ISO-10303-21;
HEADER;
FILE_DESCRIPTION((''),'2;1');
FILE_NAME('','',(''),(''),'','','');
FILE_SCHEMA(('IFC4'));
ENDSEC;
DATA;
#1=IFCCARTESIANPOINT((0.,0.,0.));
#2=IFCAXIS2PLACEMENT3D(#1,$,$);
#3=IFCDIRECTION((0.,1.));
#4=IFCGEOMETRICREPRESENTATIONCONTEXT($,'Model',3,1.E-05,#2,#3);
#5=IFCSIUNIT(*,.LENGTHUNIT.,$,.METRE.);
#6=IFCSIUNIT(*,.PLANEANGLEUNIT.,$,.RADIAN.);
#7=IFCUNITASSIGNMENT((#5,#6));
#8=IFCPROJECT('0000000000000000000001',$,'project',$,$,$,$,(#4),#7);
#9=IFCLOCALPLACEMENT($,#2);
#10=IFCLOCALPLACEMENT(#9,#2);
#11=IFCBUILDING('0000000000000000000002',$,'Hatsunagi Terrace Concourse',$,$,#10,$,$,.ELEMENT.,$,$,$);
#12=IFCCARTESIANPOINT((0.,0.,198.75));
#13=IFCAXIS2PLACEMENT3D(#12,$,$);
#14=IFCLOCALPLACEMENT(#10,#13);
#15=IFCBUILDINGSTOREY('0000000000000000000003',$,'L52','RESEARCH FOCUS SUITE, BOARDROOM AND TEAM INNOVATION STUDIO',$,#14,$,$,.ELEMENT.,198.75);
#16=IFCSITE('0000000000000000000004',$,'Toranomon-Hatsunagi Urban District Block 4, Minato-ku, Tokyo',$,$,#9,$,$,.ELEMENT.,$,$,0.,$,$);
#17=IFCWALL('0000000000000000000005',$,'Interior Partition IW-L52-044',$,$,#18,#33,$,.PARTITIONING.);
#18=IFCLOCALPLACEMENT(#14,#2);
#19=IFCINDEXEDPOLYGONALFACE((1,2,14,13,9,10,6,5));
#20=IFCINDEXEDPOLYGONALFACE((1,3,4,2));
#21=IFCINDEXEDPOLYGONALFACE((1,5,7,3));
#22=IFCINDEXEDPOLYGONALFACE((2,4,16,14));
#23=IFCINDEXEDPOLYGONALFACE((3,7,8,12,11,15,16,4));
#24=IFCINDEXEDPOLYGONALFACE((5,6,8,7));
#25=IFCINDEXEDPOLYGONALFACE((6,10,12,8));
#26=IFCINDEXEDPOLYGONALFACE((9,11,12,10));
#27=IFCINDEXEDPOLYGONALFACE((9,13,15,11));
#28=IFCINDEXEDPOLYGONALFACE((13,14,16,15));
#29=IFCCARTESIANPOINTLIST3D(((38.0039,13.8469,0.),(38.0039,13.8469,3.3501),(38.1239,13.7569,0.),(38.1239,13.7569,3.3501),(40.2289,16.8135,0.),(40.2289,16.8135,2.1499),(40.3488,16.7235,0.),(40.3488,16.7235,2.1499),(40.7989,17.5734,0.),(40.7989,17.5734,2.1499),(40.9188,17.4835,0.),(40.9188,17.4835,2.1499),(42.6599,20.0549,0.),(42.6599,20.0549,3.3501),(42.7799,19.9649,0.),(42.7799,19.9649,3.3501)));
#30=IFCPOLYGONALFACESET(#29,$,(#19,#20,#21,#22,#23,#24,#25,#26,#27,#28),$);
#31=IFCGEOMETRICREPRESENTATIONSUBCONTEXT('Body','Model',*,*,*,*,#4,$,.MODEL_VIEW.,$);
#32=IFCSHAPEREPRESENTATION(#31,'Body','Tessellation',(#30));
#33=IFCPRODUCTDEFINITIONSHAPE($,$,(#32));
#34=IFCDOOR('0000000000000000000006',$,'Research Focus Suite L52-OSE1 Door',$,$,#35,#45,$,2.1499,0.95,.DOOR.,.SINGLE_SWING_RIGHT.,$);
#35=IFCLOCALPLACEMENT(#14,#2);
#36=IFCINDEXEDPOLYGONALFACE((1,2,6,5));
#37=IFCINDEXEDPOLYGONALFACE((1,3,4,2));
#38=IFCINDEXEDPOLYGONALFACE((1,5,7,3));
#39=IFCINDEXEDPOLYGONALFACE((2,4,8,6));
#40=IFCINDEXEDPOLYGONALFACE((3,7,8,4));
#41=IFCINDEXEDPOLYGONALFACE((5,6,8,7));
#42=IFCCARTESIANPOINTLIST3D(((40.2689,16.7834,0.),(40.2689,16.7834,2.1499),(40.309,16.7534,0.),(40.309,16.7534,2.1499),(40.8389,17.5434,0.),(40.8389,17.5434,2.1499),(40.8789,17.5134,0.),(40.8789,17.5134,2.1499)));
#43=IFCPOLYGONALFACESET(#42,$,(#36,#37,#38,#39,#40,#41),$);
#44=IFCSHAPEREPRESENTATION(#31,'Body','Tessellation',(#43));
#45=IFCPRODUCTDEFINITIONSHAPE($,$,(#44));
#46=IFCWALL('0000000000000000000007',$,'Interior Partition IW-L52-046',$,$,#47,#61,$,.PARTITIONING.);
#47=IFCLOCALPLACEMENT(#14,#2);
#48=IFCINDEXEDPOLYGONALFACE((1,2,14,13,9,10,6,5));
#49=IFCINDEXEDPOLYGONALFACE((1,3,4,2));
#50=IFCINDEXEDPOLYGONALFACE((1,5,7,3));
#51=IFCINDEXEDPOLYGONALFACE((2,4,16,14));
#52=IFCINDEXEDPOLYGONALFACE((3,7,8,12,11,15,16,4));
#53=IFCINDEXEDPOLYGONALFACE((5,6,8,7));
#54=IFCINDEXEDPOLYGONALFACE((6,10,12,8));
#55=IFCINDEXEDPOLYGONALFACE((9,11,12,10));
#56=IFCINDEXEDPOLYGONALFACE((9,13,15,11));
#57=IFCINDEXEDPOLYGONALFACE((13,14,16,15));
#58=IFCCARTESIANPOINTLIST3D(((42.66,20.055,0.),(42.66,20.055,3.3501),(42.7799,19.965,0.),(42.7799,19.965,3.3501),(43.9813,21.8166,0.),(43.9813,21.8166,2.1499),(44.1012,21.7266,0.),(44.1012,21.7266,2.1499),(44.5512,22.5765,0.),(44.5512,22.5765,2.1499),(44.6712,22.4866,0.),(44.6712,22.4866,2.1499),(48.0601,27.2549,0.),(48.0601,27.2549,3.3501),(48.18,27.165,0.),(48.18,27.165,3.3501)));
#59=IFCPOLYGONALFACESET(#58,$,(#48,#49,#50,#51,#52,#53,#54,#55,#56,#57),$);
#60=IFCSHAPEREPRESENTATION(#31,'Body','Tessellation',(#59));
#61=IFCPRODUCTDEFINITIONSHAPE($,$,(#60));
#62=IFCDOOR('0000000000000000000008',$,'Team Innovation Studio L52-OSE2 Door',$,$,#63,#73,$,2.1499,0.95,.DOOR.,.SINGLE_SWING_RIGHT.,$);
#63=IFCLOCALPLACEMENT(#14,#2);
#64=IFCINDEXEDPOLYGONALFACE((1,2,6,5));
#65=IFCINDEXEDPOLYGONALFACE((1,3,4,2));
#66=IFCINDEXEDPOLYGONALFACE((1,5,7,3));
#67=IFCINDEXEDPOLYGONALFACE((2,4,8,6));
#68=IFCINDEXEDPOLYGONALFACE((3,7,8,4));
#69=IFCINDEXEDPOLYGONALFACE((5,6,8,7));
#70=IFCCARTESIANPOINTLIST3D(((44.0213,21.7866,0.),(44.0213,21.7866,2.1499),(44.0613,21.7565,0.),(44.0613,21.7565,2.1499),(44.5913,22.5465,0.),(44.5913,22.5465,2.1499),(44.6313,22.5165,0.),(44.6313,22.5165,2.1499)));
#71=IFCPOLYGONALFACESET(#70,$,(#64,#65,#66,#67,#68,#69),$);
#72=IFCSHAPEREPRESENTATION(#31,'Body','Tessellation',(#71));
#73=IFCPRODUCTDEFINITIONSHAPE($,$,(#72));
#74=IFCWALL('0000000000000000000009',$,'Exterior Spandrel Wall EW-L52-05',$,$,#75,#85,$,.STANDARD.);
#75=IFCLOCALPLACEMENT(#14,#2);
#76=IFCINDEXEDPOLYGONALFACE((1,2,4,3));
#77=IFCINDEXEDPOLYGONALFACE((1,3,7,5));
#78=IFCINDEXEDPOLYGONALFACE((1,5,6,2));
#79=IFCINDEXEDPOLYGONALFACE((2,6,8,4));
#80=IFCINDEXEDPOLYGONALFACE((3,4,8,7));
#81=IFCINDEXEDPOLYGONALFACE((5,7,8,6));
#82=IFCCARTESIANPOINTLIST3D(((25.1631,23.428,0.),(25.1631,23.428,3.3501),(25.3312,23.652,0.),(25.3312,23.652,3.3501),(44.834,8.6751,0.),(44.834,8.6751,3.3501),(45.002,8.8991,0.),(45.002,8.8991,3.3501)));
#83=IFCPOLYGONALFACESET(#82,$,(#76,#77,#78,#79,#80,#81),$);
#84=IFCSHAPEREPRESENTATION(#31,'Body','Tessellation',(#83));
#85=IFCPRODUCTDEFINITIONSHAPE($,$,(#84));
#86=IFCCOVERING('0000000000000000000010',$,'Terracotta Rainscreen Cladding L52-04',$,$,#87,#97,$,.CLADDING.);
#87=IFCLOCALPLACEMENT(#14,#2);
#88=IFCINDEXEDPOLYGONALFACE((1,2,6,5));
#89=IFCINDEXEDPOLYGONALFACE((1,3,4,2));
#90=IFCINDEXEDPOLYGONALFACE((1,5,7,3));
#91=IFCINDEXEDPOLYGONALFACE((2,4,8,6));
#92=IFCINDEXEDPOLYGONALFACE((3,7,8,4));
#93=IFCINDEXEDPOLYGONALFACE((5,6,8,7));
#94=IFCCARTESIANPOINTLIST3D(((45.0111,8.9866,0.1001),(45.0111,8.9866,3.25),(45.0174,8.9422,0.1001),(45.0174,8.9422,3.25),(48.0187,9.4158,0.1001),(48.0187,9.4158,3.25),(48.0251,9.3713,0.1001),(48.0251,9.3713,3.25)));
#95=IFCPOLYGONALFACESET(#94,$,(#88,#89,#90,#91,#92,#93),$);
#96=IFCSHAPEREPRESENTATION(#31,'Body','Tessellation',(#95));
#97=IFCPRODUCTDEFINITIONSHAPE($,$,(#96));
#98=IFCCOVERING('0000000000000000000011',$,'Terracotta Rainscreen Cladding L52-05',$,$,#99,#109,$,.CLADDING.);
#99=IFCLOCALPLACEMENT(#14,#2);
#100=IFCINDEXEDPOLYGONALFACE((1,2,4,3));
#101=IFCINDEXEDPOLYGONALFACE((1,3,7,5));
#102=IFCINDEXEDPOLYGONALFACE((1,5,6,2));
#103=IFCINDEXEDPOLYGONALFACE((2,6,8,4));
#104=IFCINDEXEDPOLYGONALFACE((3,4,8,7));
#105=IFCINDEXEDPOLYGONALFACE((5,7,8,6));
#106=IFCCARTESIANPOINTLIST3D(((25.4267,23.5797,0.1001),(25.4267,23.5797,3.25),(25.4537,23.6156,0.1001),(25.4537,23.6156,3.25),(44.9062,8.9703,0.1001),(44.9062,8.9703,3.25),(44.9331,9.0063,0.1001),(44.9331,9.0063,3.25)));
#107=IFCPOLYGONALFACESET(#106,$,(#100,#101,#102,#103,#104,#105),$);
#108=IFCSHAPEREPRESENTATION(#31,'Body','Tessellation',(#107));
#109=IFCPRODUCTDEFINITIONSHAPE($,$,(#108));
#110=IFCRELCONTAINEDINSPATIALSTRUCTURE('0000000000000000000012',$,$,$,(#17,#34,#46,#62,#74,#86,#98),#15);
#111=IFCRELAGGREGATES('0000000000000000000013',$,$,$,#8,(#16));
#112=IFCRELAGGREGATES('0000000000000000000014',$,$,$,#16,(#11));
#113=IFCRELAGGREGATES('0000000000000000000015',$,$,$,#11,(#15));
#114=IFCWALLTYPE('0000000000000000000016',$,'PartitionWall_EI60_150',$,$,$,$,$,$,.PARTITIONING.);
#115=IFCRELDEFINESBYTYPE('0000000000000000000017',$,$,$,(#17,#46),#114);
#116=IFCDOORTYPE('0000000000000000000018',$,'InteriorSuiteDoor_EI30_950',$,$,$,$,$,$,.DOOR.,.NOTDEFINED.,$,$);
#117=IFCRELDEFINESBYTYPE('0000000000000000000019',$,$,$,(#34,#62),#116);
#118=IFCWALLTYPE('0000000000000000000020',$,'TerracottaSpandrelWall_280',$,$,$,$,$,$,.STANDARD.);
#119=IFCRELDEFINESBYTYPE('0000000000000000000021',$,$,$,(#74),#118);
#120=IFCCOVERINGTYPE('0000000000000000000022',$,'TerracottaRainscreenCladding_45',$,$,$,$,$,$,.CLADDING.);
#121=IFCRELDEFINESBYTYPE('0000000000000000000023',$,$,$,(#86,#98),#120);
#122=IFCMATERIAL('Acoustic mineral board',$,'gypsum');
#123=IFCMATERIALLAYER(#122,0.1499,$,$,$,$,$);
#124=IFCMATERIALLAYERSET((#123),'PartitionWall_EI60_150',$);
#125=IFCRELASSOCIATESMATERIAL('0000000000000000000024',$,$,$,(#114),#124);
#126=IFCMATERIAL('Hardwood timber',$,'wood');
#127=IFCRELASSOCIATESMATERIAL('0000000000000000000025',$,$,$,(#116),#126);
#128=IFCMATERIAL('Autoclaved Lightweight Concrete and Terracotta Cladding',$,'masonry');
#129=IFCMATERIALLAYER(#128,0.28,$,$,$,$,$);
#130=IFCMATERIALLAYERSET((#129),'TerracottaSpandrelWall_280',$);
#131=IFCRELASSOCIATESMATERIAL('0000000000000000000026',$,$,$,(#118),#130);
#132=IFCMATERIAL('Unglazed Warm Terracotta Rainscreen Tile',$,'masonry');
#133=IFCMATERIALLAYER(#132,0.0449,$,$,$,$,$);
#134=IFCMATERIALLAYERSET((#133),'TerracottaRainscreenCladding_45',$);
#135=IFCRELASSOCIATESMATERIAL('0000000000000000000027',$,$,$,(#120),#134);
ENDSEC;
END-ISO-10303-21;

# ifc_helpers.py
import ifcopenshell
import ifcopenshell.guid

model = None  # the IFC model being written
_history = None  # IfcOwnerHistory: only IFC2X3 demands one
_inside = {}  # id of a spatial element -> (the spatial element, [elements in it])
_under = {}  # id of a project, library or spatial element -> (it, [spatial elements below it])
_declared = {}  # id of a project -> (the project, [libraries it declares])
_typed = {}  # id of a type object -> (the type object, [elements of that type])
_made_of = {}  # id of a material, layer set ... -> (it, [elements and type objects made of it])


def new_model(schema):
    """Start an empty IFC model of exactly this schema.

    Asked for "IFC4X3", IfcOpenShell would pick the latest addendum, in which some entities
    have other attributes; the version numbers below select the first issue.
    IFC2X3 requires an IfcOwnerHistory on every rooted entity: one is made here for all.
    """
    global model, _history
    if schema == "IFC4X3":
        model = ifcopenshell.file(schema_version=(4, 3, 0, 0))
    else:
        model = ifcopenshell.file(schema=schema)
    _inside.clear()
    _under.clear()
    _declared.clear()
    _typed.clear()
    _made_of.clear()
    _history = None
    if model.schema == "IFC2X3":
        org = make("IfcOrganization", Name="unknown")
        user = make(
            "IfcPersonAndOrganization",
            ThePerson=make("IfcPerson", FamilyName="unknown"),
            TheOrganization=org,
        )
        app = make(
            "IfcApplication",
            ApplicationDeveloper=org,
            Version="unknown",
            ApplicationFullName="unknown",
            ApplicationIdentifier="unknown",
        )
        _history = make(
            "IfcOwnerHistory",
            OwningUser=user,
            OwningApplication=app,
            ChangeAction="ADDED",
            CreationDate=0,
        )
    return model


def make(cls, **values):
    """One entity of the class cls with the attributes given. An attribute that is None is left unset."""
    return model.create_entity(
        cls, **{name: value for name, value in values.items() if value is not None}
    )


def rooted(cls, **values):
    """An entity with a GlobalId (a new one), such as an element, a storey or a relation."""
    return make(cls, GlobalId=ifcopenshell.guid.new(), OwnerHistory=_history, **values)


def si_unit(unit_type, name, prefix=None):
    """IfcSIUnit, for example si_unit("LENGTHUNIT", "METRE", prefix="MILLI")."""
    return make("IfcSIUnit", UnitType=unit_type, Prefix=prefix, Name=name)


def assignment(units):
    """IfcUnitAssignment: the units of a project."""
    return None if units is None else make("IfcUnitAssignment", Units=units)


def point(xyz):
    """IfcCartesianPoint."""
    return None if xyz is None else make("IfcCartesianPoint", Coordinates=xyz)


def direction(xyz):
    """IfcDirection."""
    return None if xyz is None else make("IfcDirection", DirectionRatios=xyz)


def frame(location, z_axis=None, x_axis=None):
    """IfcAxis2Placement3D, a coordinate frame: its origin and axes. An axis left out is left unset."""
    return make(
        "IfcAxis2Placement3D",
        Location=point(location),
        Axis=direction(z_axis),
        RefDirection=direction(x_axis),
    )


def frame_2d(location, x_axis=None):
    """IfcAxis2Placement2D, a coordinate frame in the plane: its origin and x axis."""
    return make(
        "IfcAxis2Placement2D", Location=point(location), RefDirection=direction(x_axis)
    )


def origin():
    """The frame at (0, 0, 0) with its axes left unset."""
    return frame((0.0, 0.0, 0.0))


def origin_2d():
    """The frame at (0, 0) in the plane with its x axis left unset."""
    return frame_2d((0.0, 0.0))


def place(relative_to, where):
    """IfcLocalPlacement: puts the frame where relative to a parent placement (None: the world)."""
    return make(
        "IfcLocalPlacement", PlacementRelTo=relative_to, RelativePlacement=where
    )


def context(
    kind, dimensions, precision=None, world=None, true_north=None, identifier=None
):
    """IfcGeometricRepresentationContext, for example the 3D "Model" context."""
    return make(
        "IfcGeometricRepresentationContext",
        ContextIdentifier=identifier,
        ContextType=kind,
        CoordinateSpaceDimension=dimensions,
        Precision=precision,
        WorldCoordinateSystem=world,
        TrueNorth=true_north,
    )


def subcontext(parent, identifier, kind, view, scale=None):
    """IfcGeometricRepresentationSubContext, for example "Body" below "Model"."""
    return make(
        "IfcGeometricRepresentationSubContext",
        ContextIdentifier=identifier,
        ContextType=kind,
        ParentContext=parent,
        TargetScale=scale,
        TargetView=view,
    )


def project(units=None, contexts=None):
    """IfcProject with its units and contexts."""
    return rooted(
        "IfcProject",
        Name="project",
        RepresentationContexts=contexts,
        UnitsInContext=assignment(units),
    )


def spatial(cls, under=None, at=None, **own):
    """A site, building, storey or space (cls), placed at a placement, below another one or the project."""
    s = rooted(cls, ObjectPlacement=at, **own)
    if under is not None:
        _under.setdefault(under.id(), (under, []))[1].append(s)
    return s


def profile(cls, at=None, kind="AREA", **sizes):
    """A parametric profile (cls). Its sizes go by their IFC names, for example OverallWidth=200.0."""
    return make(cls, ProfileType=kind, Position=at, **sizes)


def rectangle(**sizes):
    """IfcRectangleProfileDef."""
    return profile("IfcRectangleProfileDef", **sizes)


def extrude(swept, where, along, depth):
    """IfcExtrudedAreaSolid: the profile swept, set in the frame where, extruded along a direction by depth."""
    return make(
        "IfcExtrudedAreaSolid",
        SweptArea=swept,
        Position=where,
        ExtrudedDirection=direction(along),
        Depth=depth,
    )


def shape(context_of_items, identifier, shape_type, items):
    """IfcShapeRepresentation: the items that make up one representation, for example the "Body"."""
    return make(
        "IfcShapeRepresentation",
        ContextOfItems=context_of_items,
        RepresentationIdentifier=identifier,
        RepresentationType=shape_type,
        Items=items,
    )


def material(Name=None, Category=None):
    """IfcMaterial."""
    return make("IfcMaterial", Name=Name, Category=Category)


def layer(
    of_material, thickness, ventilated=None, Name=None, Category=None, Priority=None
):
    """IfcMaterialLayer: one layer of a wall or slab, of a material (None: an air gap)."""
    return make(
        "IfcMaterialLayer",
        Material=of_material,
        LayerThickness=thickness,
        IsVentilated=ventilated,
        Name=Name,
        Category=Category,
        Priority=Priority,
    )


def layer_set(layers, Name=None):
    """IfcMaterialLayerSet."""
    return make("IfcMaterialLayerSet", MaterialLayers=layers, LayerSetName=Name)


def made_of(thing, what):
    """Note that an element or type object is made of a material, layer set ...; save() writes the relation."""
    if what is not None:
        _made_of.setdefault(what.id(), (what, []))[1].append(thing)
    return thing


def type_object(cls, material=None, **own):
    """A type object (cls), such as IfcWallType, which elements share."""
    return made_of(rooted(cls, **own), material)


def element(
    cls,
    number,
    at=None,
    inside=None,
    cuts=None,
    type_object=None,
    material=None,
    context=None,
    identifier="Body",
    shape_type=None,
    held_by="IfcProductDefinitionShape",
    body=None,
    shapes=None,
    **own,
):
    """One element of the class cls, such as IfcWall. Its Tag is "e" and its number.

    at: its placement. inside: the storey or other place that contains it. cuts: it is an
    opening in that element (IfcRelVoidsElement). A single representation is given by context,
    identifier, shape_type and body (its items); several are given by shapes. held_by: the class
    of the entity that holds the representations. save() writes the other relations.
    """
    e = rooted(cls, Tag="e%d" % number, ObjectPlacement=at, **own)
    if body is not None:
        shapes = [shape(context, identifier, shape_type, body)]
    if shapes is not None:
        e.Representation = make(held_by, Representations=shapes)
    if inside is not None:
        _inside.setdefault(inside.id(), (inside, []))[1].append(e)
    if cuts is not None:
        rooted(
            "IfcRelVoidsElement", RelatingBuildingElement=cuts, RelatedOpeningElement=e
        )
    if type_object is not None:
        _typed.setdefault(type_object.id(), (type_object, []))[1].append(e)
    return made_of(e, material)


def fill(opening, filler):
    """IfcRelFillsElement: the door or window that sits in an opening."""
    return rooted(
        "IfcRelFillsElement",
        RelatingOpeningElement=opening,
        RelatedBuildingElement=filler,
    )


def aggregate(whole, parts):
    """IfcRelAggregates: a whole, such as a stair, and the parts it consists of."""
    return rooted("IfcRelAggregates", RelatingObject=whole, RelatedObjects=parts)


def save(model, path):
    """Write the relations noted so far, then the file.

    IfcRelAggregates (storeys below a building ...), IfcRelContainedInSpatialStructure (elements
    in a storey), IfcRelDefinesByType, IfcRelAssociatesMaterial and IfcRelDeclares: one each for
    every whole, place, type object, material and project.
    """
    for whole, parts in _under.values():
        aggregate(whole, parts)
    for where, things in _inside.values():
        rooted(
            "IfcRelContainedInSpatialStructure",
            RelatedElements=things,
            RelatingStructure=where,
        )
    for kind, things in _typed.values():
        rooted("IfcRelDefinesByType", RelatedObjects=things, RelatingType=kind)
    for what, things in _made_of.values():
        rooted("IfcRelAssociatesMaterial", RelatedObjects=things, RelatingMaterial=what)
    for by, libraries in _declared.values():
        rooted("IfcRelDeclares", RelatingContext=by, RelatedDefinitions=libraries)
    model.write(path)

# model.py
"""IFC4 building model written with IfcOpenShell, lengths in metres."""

from ifc_helpers import new_model, si_unit, direction, frame, frame_2d, origin, origin_2d, place, context, subcontext, project, spatial, rectangle, extrude, material, layer, layer_set, type_object, element, fill, save


model = new_model("IFC4")

# Units and contexts
model_context = context("Model", 3, precision=1e-05, world=origin(), true_north=direction((0.0, 1.0)))
body_context = subcontext(model_context, "Body", "Model", "MODEL_VIEW")
ifc_project = project(units=[si_unit("LENGTHUNIT", "METRE"), si_unit("PLANEANGLEUNIT", "RADIAN")], contexts=[model_context])

# Site, building, storey
site_placement = place(None, origin())
site = spatial("IfcSite", under=ifc_project, at=site_placement, Name="Toranomon-Hatsunagi Urban District Block 4, Minato-ku, Tokyo", CompositionType="ELEMENT", RefElevation=0.0)
building_placement = place(site_placement, origin())
building = spatial("IfcBuilding", under=site, at=building_placement, Name="Hatsunagi Terrace Concourse", CompositionType="ELEMENT")
storey_placement = place(building_placement, frame((0.0, 0.0, 198.75)))
storey = spatial("IfcBuildingStorey", under=building, at=storey_placement, Name="L52", Description="RESEARCH FOCUS SUITE, BOARDROOM AND TEAM INNOVATION STUDIO", CompositionType="ELEMENT", Elevation=198.75)

# Shared definitions
ifc_material_1 = material(Name="Acoustic mineral board", Category="gypsum")
ifc_layer_1 = layer(ifc_material_1, 0.1499)
ifc_layer_set_1 = layer_set([ifc_layer_1], Name="PartitionWall_EI60_150")
wall_type_1 = type_object("IfcWallType", Name="PartitionWall_EI60_150", PredefinedType="PARTITIONING", material=ifc_layer_set_1)

# Walls, openings, doors
wall_1_placement = place(storey_placement, frame((38.064, 13.802, 0.0), z_axis=(0.0, 0.0, 1.0), x_axis=(0.6, 0.8, 0.0)))
wall_1 = element("IfcWall", 1, at=wall_1_placement, inside=storey, type_object=wall_type_1, Name="Interior Partition IW-L52-044", PredefinedType="PARTITIONING", context=body_context, shape_type="SweptSolid", body=[
    extrude(rectangle(XDim=7.76, YDim=0.1499, at=frame_2d((3.8799, 0.0))), origin(), (0.0, 0.0, 1.0), 3.3501),
])
opening_1_placement = place(wall_1_placement, frame((3.708, 0.0, 0.0)))
opening_1 = element("IfcOpeningElement", 2, at=opening_1_placement, cuts=wall_1, PredefinedType="OPENING", context=body_context, shape_type="SweptSolid", body=[
    extrude(rectangle(XDim=0.95, YDim=2.1499, at=frame_2d((0.4751, 1.075))), frame((0.0, 0.085, 0.0), z_axis=(0.0, -1.0, 0.0), x_axis=(1.0, 0.0, 0.0)), (0.0, 0.0, 1.0), 0.1699),
])
ifc_material_2 = material(Name="Hardwood timber", Category="wood")
door_type = type_object("IfcDoorType", Name="InteriorSuiteDoor_EI30_950", OperationType="NOTDEFINED", PredefinedType="DOOR", material=ifc_material_2)
door_1_placement = place(opening_1_placement, origin())
door_1 = element("IfcDoor", 3, at=door_1_placement, inside=storey, type_object=door_type, Name="Research Focus Suite L52-OSE1 Door", OperationType="SINGLE_SWING_RIGHT", OverallHeight=2.1499, OverallWidth=0.95, PredefinedType="DOOR", context=body_context, shape_type="SweptSolid", body=[
    extrude(rectangle(XDim=0.95, YDim=2.1499, at=frame_2d((0.4751, 1.075))), frame((0.0, 0.0249, 0.0), z_axis=(0.0, -1.0, 0.0), x_axis=(1.0, 0.0, 0.0)), (0.0, 0.0, 1.0), 0.05),
])
fill(opening_1, door_1)
wall_2_placement = place(storey_placement, frame((42.72, 20.01, 0.0), z_axis=(0.0, 0.0, 1.0), x_axis=(0.600013, 0.79999, 0.0)))
wall_2 = element("IfcWall", 4, at=wall_2_placement, inside=storey, type_object=wall_type_1, Name="Interior Partition IW-L52-046", PredefinedType="PARTITIONING", context=body_context, shape_type="SweptSolid", body=[
    extrude(rectangle(XDim=9.0, YDim=0.1499, at=frame_2d((4.5, 0.0))), origin(), (0.0, 0.0, 1.0), 3.3501),
])
opening_2_placement = place(wall_2_placement, frame((2.2019, 0.0, 0.0)))
opening_2 = element("IfcOpeningElement", 5, at=opening_2_placement, cuts=wall_2, PredefinedType="OPENING", context=body_context, shape_type="SweptSolid", body=[
    extrude(rectangle(XDim=0.95, YDim=2.1499, at=frame_2d((0.4751, 1.075))), frame((0.0, 0.085, 0.0), z_axis=(0.0, -1.0, 0.0), x_axis=(1.0, 0.0, 0.0)), (0.0, 0.0, 1.0), 0.1699),
])
door_2_placement = place(opening_2_placement, origin())
door_2 = element("IfcDoor", 6, at=door_2_placement, inside=storey, type_object=door_type, Name="Team Innovation Studio L52-OSE2 Door", OperationType="SINGLE_SWING_RIGHT", OverallHeight=2.1499, OverallWidth=0.95, PredefinedType="DOOR", context=body_context, shape_type="SweptSolid", body=[
    extrude(rectangle(XDim=0.95, YDim=2.1499, at=frame_2d((0.4751, 1.075))), frame((0.0, 0.0249, 0.0), z_axis=(0.0, -1.0, 0.0), x_axis=(1.0, 0.0, 0.0)), (0.0, 0.0, 1.0), 0.05),
])
fill(opening_2, door_2)

# Wall
ifc_material_3 = material(Name="Autoclaved Lightweight Concrete and Terracotta Cladding", Category="masonry")
ifc_layer_2 = layer(ifc_material_3, 0.28)
ifc_layer_set_2 = layer_set([ifc_layer_2], Name="TerracottaSpandrelWall_280")
wall_type_2 = type_object("IfcWallType", Name="TerracottaSpandrelWall_280", PredefinedType="STANDARD", material=ifc_layer_set_2)
wall_3_placement = place(storey_placement, frame((44.918, 8.7871, 0.0), z_axis=(0.0, 0.0, 1.0), x_axis=(-0.800005, 0.599994, 0.0)))
element("IfcWall", 7, at=wall_3_placement, inside=storey, type_object=wall_type_2, Name="Exterior Spandrel Wall EW-L52-05", PredefinedType="STANDARD", context=body_context, shape_type="SweptSolid", body=[
    extrude(rectangle(XDim=24.5884, YDim=0.28, at=frame_2d((12.2942, 0.0))), origin(), (0.0, 0.0, 1.0), 3.3501),
])

# Coverings
ifc_material_4 = material(Name="Unglazed Warm Terracotta Rainscreen Tile", Category="masonry")
ifc_layer_3 = layer(ifc_material_4, 0.0449)
ifc_layer_set_3 = layer_set([ifc_layer_3], Name="TerracottaRainscreenCladding_45")
covering_type = type_object("IfcCoveringType", Name="TerracottaRainscreenCladding_45", PredefinedType="CLADDING", material=ifc_layer_set_3)
covering_1_placement = place(storey_placement, frame((46.5181, 9.179, 0.1001), z_axis=(0.0, 0.0, 1.0), x_axis=(-0.989974, -0.14125, 0.0)))
element("IfcCovering", 8, at=covering_1_placement, inside=storey, type_object=covering_type, Name="Terracotta Rainscreen Cladding L52-04", PredefinedType="CLADDING", context=body_context, shape_type="SweptSolid", body=[
    extrude(rectangle(XDim=3.0381, YDim=0.0449, at=origin_2d()), origin(), (0.0, 0.0, 1.0), 3.1499),
])
covering_2_placement = place(storey_placement, frame((35.1799, 16.293, 0.1001), z_axis=(0.0, 0.0, 1.0), x_axis=(-0.800005, 0.599993, 0.0)))
element("IfcCovering", 9, at=covering_2_placement, inside=storey, type_object=covering_type, Name="Terracotta Rainscreen Cladding L52-05", PredefinedType="CLADDING", context=body_context, shape_type="SweptSolid", body=[
    extrude(rectangle(XDim=24.3491, YDim=0.0449, at=origin_2d()), origin(), (0.0, 0.0, 1.0), 3.1499),
])

save(model, "model.ifc")
